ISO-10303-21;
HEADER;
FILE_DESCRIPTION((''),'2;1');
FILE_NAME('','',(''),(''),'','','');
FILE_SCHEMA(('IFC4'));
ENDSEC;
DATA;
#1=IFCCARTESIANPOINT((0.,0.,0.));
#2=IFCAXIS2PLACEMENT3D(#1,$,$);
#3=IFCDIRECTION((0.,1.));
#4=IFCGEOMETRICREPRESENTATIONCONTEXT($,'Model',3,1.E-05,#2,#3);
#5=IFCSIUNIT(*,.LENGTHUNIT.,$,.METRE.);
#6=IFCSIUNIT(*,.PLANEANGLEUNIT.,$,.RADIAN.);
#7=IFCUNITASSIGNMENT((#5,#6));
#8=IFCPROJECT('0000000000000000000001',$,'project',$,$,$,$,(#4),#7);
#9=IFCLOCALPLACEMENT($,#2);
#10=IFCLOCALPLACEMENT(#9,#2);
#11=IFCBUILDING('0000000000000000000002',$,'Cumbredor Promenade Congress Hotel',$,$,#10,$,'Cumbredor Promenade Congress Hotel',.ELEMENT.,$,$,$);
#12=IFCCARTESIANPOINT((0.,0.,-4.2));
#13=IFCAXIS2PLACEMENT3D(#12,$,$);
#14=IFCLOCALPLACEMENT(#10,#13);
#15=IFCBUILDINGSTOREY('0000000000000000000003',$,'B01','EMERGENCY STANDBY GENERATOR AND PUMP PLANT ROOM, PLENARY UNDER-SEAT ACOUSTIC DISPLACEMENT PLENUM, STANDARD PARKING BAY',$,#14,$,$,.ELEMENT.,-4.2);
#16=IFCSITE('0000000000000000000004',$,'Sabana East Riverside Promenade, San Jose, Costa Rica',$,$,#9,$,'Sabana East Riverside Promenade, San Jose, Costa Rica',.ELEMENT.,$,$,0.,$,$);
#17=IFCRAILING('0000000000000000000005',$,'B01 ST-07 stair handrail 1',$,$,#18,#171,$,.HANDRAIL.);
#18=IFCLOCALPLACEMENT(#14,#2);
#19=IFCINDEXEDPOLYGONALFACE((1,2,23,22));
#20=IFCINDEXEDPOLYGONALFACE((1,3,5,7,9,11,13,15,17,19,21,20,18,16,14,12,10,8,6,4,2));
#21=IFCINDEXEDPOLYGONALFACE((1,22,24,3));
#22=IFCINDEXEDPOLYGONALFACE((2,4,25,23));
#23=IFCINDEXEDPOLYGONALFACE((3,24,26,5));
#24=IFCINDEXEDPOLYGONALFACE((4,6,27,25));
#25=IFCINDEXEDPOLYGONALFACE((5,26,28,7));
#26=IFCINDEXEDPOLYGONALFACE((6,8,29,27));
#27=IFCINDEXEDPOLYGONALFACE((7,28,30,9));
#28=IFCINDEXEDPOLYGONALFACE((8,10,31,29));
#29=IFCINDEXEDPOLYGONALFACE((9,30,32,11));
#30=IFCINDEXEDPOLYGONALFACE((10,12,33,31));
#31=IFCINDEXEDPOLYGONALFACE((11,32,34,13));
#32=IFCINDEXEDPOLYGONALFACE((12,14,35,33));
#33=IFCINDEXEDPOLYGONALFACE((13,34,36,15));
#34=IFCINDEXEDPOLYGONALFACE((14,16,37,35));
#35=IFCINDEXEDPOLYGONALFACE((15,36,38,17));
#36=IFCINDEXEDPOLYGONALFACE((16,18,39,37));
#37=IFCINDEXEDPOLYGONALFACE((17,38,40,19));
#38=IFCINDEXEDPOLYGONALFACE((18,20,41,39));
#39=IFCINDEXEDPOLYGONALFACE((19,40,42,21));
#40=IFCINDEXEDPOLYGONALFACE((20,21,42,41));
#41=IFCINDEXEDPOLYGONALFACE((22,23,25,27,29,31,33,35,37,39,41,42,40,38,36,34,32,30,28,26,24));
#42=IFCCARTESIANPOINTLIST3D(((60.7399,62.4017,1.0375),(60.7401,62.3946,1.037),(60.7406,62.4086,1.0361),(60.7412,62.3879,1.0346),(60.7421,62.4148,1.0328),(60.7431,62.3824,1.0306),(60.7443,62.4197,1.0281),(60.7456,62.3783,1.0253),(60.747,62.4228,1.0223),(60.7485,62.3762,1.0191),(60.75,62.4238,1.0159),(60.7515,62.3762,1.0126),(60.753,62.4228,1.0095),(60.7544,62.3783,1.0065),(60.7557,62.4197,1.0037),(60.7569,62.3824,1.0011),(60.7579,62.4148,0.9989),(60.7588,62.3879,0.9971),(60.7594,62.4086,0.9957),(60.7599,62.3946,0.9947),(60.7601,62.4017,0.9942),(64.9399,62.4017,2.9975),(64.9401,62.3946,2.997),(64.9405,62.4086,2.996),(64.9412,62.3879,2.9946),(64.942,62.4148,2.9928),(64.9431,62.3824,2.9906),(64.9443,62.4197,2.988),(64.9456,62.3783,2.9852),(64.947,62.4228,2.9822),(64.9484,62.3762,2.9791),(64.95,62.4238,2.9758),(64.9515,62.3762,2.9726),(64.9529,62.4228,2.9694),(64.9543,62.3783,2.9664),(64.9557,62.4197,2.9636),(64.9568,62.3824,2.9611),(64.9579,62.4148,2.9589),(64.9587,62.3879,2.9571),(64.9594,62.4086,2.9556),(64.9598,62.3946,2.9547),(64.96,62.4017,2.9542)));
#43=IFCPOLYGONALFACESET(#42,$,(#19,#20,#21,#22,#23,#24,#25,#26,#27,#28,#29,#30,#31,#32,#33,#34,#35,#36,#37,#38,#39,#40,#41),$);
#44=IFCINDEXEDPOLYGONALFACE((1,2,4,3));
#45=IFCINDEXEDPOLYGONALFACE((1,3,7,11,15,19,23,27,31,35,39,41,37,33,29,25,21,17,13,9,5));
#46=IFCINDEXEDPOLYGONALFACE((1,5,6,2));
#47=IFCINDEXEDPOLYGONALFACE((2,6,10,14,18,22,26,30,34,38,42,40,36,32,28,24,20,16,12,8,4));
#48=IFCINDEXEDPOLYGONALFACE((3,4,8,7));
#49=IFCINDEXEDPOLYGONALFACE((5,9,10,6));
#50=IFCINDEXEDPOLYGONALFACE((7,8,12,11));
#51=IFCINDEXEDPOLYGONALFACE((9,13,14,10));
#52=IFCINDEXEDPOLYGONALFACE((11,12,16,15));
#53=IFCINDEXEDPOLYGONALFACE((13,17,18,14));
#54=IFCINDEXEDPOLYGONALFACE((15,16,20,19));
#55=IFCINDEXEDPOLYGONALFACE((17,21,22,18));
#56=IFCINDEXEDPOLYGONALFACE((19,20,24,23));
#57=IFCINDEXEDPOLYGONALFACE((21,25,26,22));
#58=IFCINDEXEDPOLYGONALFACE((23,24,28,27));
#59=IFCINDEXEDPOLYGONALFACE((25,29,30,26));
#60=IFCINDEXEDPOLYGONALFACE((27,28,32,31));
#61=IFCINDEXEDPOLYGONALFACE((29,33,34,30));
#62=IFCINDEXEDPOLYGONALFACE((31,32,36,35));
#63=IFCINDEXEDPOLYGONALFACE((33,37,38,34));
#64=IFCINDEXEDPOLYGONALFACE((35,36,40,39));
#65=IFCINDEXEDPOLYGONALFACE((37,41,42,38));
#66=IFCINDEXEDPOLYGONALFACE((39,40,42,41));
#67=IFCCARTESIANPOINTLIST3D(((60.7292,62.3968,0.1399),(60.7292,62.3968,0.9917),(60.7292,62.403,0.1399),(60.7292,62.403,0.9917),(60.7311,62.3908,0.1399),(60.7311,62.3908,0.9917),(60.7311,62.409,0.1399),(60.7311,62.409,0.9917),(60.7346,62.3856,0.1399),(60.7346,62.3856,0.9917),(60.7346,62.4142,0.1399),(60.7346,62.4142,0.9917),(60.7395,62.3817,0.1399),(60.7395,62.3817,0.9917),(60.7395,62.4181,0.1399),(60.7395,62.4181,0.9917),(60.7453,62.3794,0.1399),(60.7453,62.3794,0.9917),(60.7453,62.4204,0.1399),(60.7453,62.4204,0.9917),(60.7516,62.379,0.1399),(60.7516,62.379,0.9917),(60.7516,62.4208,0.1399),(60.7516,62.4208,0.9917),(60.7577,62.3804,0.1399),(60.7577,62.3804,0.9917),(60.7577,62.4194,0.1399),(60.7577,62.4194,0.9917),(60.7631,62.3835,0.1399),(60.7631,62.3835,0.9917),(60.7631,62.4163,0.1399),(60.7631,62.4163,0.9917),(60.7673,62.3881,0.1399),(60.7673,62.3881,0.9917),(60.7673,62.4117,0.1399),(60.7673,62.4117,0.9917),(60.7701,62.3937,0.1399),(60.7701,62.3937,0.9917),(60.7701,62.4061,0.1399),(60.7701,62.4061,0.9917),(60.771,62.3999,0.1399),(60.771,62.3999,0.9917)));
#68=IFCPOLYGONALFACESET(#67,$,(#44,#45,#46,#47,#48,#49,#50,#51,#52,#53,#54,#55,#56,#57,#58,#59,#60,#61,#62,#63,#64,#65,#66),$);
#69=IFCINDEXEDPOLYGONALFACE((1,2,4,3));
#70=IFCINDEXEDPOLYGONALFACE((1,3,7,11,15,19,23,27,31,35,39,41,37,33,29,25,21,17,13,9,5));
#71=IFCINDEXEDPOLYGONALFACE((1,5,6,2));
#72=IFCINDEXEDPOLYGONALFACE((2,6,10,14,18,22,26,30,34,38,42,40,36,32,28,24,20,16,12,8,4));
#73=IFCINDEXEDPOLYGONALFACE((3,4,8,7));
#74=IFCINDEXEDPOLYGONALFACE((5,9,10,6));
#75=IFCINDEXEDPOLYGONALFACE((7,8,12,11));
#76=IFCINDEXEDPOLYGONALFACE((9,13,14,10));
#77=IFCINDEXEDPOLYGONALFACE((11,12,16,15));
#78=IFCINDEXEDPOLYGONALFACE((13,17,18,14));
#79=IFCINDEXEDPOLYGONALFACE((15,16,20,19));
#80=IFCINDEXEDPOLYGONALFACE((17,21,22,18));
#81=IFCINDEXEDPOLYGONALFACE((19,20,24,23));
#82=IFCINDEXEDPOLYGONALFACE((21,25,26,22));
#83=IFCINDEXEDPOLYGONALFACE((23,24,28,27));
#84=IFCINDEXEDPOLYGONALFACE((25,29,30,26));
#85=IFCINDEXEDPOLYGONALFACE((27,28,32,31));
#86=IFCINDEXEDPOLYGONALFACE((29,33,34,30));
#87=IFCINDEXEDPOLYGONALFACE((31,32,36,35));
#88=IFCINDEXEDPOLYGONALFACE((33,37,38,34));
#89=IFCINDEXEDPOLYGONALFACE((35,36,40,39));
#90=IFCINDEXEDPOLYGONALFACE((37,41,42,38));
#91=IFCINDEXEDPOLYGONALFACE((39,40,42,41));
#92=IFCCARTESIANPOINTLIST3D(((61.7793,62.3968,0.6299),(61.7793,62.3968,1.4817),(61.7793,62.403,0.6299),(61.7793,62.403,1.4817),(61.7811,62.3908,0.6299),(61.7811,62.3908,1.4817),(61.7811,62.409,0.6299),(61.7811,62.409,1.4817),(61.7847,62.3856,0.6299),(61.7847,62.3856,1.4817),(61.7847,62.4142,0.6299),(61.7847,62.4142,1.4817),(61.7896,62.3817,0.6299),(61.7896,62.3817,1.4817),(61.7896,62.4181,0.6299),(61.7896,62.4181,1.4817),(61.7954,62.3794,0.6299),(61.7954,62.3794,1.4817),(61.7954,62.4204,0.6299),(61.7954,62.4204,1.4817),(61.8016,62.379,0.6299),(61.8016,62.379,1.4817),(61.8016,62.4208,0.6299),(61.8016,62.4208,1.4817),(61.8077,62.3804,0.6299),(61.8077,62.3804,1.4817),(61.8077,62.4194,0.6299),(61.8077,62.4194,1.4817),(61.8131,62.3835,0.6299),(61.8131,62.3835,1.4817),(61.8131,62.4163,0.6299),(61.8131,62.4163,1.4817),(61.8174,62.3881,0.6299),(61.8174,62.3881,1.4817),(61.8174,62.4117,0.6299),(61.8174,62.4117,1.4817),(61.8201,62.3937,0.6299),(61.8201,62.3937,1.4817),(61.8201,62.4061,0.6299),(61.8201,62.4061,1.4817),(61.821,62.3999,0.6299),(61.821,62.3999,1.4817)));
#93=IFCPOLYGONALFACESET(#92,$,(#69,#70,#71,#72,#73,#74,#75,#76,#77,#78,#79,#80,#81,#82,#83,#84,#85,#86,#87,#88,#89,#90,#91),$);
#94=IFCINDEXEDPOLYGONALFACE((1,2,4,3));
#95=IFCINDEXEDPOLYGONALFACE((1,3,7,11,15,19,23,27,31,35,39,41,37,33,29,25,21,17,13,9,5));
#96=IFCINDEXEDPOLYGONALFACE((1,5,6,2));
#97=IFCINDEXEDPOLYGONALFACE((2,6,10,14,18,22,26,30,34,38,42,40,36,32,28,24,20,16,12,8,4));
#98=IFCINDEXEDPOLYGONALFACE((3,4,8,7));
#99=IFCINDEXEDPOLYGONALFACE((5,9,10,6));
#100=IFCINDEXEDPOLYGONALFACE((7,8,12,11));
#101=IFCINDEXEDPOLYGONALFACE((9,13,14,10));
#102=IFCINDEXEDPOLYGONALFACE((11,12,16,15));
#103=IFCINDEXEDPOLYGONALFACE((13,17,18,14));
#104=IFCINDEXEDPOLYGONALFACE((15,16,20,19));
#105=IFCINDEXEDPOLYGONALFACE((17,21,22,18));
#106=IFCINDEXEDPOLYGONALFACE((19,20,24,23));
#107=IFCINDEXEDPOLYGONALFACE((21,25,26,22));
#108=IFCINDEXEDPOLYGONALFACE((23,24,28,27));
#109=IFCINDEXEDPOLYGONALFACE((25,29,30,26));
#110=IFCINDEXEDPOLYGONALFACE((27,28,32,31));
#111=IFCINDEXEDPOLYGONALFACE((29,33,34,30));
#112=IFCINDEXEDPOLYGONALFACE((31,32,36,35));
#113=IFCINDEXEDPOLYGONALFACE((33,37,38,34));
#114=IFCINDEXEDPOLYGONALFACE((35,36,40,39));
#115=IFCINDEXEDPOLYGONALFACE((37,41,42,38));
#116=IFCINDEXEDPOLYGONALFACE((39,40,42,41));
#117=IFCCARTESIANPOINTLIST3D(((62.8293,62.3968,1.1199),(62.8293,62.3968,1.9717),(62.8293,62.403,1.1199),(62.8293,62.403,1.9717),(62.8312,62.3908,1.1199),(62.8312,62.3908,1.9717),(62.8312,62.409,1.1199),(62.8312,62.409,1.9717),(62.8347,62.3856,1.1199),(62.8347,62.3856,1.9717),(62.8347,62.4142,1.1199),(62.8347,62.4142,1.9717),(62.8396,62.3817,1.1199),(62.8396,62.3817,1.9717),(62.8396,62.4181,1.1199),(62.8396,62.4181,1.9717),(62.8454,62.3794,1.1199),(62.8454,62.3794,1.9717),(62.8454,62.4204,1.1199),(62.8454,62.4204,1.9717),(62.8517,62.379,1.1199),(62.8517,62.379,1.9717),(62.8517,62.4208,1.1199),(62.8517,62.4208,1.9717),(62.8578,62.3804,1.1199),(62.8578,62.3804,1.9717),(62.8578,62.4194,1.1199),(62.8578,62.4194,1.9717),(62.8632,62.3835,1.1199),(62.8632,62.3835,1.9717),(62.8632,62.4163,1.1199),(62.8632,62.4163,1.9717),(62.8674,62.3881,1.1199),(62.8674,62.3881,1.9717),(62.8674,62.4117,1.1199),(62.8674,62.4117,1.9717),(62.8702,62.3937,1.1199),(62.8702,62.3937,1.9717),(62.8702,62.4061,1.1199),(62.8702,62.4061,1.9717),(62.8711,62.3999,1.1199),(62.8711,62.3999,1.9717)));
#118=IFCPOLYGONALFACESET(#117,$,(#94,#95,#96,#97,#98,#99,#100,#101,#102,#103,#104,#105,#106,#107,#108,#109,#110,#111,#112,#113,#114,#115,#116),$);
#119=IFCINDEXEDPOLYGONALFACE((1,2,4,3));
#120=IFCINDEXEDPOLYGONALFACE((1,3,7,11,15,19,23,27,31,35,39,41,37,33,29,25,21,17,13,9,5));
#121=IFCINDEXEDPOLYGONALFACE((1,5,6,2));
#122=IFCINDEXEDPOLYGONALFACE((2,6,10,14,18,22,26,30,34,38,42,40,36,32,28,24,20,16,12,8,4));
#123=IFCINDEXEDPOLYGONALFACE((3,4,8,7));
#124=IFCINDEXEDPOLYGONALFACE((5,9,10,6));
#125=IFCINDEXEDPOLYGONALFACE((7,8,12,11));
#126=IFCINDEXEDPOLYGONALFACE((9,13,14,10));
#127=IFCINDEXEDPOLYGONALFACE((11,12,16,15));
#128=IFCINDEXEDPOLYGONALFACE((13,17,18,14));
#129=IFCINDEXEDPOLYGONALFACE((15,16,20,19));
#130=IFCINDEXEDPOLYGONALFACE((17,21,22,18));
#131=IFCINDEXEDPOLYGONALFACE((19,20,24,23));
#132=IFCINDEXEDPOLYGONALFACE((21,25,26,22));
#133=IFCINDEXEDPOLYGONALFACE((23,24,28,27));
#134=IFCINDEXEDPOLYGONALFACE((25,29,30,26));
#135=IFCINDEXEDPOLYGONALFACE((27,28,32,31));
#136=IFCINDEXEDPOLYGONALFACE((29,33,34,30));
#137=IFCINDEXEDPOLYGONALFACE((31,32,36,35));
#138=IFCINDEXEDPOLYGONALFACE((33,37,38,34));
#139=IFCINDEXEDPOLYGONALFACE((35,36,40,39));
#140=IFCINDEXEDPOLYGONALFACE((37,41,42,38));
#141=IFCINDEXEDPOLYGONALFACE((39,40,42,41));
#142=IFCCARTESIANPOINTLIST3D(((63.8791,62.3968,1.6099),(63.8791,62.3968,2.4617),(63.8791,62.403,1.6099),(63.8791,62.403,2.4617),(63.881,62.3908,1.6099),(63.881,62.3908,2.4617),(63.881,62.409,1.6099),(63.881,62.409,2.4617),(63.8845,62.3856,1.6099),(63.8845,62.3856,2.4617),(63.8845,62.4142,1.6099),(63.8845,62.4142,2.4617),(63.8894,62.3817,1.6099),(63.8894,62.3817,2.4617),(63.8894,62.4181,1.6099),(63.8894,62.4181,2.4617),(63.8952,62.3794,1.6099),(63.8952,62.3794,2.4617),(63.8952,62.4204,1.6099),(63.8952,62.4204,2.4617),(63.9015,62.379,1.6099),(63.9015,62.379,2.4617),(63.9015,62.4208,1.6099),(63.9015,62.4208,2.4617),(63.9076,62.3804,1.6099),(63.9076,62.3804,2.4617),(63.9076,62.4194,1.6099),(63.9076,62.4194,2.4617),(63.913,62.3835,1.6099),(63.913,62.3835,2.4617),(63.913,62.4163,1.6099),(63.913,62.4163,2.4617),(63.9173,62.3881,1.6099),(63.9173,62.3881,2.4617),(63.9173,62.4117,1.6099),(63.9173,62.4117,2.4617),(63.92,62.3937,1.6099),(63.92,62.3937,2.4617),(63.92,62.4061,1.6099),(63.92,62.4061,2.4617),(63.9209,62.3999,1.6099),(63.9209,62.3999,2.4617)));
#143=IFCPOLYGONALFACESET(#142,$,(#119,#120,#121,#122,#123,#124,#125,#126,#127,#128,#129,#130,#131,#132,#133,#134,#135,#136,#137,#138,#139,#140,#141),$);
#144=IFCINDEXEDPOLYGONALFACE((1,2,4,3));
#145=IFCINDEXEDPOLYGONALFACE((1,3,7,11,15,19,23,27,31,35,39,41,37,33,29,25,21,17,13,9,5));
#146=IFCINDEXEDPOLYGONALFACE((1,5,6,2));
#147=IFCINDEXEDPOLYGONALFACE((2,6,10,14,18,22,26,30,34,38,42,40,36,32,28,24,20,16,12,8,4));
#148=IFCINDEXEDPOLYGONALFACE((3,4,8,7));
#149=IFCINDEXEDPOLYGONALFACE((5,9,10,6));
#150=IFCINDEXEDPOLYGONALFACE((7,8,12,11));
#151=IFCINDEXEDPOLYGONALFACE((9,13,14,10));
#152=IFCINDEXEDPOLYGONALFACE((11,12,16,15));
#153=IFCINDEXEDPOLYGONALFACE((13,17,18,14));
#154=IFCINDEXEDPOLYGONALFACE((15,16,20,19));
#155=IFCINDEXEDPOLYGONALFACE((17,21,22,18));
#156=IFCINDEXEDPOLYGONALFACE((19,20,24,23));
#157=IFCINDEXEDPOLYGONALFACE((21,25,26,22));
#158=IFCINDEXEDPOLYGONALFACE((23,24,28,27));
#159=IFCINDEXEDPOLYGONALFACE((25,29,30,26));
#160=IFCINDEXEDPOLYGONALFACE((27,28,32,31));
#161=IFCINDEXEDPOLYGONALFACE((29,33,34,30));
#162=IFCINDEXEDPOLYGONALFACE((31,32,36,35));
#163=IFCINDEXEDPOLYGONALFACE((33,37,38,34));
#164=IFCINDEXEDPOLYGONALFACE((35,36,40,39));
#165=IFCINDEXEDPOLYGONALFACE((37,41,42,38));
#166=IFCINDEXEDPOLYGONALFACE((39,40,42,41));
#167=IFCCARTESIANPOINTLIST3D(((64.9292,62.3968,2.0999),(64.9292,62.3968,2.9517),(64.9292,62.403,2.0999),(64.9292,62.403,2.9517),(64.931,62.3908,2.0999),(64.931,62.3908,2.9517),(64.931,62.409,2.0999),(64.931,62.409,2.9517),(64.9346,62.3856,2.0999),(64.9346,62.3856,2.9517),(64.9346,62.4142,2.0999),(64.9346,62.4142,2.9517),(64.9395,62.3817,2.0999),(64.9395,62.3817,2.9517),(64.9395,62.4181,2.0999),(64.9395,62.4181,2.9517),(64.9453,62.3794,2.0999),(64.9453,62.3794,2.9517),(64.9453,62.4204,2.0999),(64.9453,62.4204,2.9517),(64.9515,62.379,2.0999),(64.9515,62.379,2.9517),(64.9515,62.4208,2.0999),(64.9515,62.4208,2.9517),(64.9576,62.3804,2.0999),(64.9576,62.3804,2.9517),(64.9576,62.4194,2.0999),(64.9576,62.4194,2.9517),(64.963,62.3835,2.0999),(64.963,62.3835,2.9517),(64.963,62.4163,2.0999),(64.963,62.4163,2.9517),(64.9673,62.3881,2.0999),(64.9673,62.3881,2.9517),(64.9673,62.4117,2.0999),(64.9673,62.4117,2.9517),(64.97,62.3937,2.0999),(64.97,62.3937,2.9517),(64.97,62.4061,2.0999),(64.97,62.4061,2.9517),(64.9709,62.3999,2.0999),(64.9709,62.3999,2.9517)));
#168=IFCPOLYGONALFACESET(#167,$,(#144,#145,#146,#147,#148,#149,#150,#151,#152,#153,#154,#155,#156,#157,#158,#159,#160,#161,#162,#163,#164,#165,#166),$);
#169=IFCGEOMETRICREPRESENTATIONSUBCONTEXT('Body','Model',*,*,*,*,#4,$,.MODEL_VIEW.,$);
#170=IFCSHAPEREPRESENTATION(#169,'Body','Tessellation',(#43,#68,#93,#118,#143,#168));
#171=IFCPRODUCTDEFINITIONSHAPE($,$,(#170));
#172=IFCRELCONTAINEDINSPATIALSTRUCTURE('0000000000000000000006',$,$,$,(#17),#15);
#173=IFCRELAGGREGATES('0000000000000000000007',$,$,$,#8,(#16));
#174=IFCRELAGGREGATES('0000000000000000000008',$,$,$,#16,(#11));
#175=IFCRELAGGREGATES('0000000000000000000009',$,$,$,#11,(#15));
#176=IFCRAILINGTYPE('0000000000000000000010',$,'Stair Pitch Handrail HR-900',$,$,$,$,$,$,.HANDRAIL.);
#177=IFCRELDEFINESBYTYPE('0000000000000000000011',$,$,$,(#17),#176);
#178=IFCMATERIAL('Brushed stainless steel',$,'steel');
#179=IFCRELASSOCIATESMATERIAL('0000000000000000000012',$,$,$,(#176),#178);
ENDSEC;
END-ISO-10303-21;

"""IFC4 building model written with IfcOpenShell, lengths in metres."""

from ifc_helpers import new_model, si_unit, direction, frame, origin, origin_2d, place, context, subcontext, project, spatial, circle, extrude, material, type_object, element, save


model = new_model("IFC4")

# Units and contexts
model_context = context("Model", 3, precision=1e-05, world=origin(), true_north=direction((0.0, 1.0)))
body_context = subcontext(model_context, "Body", "Model", "MODEL_VIEW")
ifc_project = project(units=[si_unit("LENGTHUNIT", "METRE"), si_unit("PLANEANGLEUNIT", "RADIAN")], contexts=[model_context])

# Site, building, storey
site_placement = place(None, origin())
site = spatial("IfcSite", under=ifc_project, at=site_placement, Name="Sabana East Riverside Promenade, San Jose, Costa Rica", LongName="Sabana East Riverside Promenade, San Jose, Costa Rica", CompositionType="ELEMENT", RefElevation=0.0)
building_placement = place(site_placement, origin())
building = spatial("IfcBuilding", under=site, at=building_placement, Name="Cumbredor Promenade Congress Hotel", LongName="Cumbredor Promenade Congress Hotel", CompositionType="ELEMENT")
storey_placement = place(building_placement, frame((0.0, 0.0, -4.2)))
storey = spatial("IfcBuildingStorey", under=building, at=storey_placement, Name="B01", Description="EMERGENCY STANDBY GENERATOR AND PUMP PLANT ROOM, PLENARY UNDER-SEAT ACOUSTIC DISPLACEMENT PLENUM, STANDARD PARKING BAY", CompositionType="ELEMENT", Elevation=-4.2)

# Railing
ifc_material_1 = material(Name="Brushed stainless steel", Category="steel")
railing_type_1 = type_object("IfcRailingType", Name="Stair Pitch Handrail HR-900", PredefinedType="HANDRAIL", material=ifc_material_1)
railing_1_placement = place(storey_placement, frame((60.75, 62.3999, 0.1399)))
element("IfcRailing", 1, at=railing_1_placement, inside=storey, type_object=railing_type_1, Name="B01 ST-07 stair handrail 1", PredefinedType="HANDRAIL", context=body_context, shape_type="SweptSolid", body=[
    extrude(circle(Radius=0.0239, at=origin_2d()), frame((0.0, 0.0, 0.876), z_axis=(0.906184, 0.0, 0.422883), x_axis=(0.0, 1.0, 0.0)), (0.0, 0.0, 1.0), 4.6348),
    extrude(circle(Radius=0.021, at=origin_2d()), origin(), (0.0, 0.0, 1.0), 0.8518),
    extrude(circle(Radius=0.021, at=origin_2d()), frame((1.05, 0.0, 0.49)), (0.0, 0.0, 1.0), 0.8518),
    extrude(circle(Radius=0.021, at=origin_2d()), frame((2.1001, 0.0, 0.98)), (0.0, 0.0, 1.0), 0.8518),
    extrude(circle(Radius=0.021, at=origin_2d()), frame((3.1499, 0.0, 1.47)), (0.0, 0.0, 1.0), 0.8518),
    extrude(circle(Radius=0.021, at=origin_2d()), frame((4.2, 0.0, 1.96)), (0.0, 0.0, 1.0), 0.8518),
])

save(model, "model.ifc")
